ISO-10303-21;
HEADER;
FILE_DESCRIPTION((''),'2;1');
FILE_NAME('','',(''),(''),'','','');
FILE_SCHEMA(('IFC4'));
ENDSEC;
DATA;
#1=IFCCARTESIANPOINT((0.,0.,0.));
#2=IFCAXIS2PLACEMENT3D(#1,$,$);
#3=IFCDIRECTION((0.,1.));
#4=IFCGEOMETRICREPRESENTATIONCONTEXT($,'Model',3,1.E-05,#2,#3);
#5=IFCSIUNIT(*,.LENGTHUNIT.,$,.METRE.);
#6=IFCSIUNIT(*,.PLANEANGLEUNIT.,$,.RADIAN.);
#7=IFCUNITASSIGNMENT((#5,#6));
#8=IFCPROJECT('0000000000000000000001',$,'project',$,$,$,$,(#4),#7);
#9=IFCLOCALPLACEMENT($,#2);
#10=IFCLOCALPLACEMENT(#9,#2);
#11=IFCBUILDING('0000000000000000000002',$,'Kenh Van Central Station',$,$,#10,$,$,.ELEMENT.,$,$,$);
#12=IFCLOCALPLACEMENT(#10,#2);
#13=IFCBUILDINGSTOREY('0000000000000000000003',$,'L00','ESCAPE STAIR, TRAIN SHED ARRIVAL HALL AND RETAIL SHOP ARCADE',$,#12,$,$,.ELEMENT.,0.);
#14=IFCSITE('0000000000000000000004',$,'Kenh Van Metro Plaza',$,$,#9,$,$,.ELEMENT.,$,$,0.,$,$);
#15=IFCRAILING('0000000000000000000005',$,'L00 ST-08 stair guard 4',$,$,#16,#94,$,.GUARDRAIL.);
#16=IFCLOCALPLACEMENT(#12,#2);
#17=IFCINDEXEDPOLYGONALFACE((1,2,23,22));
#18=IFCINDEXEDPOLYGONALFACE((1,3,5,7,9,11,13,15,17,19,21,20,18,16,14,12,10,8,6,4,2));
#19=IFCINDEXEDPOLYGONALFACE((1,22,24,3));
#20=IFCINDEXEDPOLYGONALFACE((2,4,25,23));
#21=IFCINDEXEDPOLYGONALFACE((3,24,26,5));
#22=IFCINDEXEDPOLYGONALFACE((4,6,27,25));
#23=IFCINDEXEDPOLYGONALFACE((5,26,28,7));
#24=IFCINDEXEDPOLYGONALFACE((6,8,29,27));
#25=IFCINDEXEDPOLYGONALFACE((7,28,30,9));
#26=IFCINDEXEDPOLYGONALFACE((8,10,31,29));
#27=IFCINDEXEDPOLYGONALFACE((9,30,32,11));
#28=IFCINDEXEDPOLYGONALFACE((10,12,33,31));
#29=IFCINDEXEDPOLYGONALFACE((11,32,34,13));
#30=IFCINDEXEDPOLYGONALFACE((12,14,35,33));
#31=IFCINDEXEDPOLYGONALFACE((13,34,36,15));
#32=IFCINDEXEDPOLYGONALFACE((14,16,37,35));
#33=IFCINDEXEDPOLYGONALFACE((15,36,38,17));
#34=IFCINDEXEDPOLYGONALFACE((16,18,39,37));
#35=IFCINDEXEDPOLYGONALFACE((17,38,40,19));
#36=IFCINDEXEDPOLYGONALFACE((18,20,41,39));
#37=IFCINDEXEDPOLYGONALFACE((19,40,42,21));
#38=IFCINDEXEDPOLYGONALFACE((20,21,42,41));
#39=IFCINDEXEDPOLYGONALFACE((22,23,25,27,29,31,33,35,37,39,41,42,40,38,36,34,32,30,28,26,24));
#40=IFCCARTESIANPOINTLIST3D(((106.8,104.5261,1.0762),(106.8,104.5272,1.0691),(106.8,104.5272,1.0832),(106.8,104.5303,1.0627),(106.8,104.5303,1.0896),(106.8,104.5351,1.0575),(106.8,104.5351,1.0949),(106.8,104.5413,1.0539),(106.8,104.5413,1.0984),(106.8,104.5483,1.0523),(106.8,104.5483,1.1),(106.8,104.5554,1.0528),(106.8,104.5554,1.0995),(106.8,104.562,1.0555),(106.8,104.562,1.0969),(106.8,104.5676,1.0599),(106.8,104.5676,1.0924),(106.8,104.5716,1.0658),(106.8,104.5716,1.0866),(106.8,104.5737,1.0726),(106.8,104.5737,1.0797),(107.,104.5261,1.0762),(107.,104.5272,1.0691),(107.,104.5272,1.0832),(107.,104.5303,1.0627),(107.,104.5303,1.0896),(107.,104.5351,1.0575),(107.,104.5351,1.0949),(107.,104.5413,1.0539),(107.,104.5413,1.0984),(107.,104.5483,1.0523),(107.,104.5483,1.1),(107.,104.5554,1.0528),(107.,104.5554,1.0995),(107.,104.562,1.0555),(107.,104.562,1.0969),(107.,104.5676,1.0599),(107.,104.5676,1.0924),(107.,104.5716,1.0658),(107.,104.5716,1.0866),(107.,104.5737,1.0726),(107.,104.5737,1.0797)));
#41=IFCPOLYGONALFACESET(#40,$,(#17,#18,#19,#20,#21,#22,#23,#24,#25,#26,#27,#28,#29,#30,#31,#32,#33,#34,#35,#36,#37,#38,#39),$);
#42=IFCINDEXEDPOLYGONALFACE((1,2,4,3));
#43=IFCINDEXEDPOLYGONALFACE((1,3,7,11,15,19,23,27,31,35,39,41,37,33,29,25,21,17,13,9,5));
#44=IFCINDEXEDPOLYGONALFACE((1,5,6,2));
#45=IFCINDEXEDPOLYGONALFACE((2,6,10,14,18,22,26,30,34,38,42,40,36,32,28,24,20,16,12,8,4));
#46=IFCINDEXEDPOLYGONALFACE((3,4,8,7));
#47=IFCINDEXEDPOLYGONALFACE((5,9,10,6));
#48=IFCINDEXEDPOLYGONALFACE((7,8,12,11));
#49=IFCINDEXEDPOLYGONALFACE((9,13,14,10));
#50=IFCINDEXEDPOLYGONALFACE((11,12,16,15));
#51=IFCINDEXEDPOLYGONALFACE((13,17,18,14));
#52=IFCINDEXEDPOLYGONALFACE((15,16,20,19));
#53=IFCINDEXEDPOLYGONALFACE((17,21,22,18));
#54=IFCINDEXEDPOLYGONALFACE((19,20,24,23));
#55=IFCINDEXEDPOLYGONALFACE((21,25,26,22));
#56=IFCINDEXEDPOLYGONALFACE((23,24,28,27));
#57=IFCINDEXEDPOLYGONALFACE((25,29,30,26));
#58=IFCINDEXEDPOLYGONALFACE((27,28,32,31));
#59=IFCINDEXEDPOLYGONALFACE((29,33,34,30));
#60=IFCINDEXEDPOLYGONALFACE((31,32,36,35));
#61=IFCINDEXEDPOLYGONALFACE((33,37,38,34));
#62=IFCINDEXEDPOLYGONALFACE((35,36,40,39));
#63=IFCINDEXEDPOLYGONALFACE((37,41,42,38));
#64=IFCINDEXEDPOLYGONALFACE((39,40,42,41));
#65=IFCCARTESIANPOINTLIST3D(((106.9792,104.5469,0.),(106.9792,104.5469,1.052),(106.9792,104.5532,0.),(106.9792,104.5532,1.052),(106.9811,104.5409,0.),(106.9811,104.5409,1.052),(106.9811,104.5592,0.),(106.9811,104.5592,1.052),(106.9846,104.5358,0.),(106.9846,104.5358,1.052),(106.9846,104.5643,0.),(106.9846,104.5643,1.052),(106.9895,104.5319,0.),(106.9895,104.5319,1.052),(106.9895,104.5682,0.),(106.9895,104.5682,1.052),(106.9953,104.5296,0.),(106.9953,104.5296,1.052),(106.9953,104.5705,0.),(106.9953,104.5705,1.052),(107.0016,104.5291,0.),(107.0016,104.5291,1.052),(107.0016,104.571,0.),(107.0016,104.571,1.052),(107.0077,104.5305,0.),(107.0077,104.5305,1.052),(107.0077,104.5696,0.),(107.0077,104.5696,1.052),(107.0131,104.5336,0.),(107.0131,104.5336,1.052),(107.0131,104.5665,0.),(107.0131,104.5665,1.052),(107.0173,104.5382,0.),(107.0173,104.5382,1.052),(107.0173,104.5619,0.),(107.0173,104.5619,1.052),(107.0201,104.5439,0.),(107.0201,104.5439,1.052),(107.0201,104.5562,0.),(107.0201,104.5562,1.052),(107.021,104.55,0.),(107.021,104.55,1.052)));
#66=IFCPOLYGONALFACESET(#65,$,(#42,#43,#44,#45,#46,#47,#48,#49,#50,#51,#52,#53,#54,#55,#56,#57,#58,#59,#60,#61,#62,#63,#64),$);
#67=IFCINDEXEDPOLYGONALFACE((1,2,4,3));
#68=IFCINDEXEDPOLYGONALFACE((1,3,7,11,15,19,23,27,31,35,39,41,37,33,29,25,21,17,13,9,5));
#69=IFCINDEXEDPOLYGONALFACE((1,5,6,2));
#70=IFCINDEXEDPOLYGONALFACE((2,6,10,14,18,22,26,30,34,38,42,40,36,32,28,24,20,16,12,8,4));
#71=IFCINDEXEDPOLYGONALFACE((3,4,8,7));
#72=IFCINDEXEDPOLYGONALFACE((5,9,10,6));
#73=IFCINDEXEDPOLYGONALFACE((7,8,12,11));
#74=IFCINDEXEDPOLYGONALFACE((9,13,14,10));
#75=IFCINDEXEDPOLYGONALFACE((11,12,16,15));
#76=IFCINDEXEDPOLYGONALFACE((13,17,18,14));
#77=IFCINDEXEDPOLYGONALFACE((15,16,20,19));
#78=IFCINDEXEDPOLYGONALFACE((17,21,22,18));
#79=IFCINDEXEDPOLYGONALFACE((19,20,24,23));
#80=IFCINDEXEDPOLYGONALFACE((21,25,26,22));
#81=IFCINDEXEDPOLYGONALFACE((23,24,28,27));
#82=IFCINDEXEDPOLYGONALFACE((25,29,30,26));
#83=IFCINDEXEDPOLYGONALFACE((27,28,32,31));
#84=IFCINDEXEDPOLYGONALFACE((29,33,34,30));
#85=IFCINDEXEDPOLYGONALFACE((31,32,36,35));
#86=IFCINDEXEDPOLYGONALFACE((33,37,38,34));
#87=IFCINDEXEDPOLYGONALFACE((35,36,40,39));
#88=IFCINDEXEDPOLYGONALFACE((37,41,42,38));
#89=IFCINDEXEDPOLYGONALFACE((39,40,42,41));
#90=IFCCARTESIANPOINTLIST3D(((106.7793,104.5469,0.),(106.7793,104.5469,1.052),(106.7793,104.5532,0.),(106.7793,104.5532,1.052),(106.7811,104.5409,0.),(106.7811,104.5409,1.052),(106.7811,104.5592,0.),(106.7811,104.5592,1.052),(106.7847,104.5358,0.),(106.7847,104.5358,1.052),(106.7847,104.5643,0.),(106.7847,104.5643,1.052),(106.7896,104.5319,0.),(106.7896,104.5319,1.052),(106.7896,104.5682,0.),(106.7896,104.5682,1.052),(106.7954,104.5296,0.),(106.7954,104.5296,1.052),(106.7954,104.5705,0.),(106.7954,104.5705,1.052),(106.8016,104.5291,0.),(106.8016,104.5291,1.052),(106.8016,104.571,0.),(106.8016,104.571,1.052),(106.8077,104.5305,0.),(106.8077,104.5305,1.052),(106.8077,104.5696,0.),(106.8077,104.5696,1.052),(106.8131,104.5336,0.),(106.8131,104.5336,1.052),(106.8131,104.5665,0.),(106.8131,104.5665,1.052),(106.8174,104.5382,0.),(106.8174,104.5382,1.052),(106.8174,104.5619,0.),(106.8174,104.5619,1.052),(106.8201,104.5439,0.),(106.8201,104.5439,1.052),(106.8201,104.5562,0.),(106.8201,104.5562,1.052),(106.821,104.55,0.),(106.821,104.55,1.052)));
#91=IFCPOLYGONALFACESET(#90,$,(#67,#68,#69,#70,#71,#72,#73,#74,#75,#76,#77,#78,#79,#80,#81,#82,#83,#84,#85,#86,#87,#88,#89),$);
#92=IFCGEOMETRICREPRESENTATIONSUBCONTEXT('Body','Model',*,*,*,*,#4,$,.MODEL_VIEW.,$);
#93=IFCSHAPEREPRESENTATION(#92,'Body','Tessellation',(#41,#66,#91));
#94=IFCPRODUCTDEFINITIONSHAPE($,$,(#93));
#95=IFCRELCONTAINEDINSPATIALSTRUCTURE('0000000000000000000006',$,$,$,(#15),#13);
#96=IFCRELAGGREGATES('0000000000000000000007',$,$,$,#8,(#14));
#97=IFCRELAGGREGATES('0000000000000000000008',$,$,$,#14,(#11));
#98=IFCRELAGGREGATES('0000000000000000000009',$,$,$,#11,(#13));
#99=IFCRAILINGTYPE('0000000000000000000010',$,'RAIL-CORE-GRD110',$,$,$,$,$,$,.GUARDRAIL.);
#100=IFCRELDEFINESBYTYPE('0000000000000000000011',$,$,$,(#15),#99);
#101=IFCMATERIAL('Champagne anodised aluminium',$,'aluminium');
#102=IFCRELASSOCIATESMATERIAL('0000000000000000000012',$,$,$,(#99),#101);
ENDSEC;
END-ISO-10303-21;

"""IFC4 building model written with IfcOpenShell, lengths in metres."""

from ifc_helpers import new_model, si_unit, direction, frame, origin, origin_2d, place, context, subcontext, project, spatial, circle, extrude, material, type_object, element, save


model = new_model("IFC4")

# Units and contexts
model_context = context("Model", 3, precision=1e-05, world=origin(), true_north=direction((0.0, 1.0)))
body_context = subcontext(model_context, "Body", "Model", "MODEL_VIEW")
ifc_project = project(units=[si_unit("LENGTHUNIT", "METRE"), si_unit("PLANEANGLEUNIT", "RADIAN")], contexts=[model_context])

# Site, building, storey
site_placement = place(None, origin())
site = spatial("IfcSite", under=ifc_project, at=site_placement, Name="Kenh Van Metro Plaza", CompositionType="ELEMENT", RefElevation=0.0)
building_placement = place(site_placement, origin())
building = spatial("IfcBuilding", under=site, at=building_placement, Name="Kenh Van Central Station", CompositionType="ELEMENT")
storey_placement = place(building_placement, origin())
storey = spatial("IfcBuildingStorey", under=building, at=storey_placement, Name="L00", Description="ESCAPE STAIR, TRAIN SHED ARRIVAL HALL AND RETAIL SHOP ARCADE", CompositionType="ELEMENT", Elevation=0.0)

# Shared definitions
ifc_material_1 = material(Name="Champagne anodised aluminium", Category="aluminium")

# Railing
railing_type_1 = type_object("IfcRailingType", Name="RAIL-CORE-GRD110", PredefinedType="GUARDRAIL", material=ifc_material_1)
railing_1_placement = place(storey_placement, frame((107.0, 104.55, 0.0)))
element("IfcRailing", 1, at=railing_1_placement, inside=storey, type_object=railing_type_1, Name="L00 ST-08 stair guard 4", PredefinedType="GUARDRAIL", context=body_context, shape_type="SweptSolid", body=[
    extrude(circle(Radius=0.0239, at=origin_2d()), frame((0.0, 0.0, 1.0762), z_axis=(-1.0, 0.0, 0.0), x_axis=(0.0, -1.0, 0.0)), (0.0, 0.0, 1.0), 0.2),
    extrude(circle(Radius=0.021, at=origin_2d()), origin(), (0.0, 0.0, 1.0), 1.052),
    extrude(circle(Radius=0.021, at=origin_2d()), frame((-0.2, 0.0, 0.0)), (0.0, 0.0, 1.0), 1.052),
])

save(model, "model.ifc")
